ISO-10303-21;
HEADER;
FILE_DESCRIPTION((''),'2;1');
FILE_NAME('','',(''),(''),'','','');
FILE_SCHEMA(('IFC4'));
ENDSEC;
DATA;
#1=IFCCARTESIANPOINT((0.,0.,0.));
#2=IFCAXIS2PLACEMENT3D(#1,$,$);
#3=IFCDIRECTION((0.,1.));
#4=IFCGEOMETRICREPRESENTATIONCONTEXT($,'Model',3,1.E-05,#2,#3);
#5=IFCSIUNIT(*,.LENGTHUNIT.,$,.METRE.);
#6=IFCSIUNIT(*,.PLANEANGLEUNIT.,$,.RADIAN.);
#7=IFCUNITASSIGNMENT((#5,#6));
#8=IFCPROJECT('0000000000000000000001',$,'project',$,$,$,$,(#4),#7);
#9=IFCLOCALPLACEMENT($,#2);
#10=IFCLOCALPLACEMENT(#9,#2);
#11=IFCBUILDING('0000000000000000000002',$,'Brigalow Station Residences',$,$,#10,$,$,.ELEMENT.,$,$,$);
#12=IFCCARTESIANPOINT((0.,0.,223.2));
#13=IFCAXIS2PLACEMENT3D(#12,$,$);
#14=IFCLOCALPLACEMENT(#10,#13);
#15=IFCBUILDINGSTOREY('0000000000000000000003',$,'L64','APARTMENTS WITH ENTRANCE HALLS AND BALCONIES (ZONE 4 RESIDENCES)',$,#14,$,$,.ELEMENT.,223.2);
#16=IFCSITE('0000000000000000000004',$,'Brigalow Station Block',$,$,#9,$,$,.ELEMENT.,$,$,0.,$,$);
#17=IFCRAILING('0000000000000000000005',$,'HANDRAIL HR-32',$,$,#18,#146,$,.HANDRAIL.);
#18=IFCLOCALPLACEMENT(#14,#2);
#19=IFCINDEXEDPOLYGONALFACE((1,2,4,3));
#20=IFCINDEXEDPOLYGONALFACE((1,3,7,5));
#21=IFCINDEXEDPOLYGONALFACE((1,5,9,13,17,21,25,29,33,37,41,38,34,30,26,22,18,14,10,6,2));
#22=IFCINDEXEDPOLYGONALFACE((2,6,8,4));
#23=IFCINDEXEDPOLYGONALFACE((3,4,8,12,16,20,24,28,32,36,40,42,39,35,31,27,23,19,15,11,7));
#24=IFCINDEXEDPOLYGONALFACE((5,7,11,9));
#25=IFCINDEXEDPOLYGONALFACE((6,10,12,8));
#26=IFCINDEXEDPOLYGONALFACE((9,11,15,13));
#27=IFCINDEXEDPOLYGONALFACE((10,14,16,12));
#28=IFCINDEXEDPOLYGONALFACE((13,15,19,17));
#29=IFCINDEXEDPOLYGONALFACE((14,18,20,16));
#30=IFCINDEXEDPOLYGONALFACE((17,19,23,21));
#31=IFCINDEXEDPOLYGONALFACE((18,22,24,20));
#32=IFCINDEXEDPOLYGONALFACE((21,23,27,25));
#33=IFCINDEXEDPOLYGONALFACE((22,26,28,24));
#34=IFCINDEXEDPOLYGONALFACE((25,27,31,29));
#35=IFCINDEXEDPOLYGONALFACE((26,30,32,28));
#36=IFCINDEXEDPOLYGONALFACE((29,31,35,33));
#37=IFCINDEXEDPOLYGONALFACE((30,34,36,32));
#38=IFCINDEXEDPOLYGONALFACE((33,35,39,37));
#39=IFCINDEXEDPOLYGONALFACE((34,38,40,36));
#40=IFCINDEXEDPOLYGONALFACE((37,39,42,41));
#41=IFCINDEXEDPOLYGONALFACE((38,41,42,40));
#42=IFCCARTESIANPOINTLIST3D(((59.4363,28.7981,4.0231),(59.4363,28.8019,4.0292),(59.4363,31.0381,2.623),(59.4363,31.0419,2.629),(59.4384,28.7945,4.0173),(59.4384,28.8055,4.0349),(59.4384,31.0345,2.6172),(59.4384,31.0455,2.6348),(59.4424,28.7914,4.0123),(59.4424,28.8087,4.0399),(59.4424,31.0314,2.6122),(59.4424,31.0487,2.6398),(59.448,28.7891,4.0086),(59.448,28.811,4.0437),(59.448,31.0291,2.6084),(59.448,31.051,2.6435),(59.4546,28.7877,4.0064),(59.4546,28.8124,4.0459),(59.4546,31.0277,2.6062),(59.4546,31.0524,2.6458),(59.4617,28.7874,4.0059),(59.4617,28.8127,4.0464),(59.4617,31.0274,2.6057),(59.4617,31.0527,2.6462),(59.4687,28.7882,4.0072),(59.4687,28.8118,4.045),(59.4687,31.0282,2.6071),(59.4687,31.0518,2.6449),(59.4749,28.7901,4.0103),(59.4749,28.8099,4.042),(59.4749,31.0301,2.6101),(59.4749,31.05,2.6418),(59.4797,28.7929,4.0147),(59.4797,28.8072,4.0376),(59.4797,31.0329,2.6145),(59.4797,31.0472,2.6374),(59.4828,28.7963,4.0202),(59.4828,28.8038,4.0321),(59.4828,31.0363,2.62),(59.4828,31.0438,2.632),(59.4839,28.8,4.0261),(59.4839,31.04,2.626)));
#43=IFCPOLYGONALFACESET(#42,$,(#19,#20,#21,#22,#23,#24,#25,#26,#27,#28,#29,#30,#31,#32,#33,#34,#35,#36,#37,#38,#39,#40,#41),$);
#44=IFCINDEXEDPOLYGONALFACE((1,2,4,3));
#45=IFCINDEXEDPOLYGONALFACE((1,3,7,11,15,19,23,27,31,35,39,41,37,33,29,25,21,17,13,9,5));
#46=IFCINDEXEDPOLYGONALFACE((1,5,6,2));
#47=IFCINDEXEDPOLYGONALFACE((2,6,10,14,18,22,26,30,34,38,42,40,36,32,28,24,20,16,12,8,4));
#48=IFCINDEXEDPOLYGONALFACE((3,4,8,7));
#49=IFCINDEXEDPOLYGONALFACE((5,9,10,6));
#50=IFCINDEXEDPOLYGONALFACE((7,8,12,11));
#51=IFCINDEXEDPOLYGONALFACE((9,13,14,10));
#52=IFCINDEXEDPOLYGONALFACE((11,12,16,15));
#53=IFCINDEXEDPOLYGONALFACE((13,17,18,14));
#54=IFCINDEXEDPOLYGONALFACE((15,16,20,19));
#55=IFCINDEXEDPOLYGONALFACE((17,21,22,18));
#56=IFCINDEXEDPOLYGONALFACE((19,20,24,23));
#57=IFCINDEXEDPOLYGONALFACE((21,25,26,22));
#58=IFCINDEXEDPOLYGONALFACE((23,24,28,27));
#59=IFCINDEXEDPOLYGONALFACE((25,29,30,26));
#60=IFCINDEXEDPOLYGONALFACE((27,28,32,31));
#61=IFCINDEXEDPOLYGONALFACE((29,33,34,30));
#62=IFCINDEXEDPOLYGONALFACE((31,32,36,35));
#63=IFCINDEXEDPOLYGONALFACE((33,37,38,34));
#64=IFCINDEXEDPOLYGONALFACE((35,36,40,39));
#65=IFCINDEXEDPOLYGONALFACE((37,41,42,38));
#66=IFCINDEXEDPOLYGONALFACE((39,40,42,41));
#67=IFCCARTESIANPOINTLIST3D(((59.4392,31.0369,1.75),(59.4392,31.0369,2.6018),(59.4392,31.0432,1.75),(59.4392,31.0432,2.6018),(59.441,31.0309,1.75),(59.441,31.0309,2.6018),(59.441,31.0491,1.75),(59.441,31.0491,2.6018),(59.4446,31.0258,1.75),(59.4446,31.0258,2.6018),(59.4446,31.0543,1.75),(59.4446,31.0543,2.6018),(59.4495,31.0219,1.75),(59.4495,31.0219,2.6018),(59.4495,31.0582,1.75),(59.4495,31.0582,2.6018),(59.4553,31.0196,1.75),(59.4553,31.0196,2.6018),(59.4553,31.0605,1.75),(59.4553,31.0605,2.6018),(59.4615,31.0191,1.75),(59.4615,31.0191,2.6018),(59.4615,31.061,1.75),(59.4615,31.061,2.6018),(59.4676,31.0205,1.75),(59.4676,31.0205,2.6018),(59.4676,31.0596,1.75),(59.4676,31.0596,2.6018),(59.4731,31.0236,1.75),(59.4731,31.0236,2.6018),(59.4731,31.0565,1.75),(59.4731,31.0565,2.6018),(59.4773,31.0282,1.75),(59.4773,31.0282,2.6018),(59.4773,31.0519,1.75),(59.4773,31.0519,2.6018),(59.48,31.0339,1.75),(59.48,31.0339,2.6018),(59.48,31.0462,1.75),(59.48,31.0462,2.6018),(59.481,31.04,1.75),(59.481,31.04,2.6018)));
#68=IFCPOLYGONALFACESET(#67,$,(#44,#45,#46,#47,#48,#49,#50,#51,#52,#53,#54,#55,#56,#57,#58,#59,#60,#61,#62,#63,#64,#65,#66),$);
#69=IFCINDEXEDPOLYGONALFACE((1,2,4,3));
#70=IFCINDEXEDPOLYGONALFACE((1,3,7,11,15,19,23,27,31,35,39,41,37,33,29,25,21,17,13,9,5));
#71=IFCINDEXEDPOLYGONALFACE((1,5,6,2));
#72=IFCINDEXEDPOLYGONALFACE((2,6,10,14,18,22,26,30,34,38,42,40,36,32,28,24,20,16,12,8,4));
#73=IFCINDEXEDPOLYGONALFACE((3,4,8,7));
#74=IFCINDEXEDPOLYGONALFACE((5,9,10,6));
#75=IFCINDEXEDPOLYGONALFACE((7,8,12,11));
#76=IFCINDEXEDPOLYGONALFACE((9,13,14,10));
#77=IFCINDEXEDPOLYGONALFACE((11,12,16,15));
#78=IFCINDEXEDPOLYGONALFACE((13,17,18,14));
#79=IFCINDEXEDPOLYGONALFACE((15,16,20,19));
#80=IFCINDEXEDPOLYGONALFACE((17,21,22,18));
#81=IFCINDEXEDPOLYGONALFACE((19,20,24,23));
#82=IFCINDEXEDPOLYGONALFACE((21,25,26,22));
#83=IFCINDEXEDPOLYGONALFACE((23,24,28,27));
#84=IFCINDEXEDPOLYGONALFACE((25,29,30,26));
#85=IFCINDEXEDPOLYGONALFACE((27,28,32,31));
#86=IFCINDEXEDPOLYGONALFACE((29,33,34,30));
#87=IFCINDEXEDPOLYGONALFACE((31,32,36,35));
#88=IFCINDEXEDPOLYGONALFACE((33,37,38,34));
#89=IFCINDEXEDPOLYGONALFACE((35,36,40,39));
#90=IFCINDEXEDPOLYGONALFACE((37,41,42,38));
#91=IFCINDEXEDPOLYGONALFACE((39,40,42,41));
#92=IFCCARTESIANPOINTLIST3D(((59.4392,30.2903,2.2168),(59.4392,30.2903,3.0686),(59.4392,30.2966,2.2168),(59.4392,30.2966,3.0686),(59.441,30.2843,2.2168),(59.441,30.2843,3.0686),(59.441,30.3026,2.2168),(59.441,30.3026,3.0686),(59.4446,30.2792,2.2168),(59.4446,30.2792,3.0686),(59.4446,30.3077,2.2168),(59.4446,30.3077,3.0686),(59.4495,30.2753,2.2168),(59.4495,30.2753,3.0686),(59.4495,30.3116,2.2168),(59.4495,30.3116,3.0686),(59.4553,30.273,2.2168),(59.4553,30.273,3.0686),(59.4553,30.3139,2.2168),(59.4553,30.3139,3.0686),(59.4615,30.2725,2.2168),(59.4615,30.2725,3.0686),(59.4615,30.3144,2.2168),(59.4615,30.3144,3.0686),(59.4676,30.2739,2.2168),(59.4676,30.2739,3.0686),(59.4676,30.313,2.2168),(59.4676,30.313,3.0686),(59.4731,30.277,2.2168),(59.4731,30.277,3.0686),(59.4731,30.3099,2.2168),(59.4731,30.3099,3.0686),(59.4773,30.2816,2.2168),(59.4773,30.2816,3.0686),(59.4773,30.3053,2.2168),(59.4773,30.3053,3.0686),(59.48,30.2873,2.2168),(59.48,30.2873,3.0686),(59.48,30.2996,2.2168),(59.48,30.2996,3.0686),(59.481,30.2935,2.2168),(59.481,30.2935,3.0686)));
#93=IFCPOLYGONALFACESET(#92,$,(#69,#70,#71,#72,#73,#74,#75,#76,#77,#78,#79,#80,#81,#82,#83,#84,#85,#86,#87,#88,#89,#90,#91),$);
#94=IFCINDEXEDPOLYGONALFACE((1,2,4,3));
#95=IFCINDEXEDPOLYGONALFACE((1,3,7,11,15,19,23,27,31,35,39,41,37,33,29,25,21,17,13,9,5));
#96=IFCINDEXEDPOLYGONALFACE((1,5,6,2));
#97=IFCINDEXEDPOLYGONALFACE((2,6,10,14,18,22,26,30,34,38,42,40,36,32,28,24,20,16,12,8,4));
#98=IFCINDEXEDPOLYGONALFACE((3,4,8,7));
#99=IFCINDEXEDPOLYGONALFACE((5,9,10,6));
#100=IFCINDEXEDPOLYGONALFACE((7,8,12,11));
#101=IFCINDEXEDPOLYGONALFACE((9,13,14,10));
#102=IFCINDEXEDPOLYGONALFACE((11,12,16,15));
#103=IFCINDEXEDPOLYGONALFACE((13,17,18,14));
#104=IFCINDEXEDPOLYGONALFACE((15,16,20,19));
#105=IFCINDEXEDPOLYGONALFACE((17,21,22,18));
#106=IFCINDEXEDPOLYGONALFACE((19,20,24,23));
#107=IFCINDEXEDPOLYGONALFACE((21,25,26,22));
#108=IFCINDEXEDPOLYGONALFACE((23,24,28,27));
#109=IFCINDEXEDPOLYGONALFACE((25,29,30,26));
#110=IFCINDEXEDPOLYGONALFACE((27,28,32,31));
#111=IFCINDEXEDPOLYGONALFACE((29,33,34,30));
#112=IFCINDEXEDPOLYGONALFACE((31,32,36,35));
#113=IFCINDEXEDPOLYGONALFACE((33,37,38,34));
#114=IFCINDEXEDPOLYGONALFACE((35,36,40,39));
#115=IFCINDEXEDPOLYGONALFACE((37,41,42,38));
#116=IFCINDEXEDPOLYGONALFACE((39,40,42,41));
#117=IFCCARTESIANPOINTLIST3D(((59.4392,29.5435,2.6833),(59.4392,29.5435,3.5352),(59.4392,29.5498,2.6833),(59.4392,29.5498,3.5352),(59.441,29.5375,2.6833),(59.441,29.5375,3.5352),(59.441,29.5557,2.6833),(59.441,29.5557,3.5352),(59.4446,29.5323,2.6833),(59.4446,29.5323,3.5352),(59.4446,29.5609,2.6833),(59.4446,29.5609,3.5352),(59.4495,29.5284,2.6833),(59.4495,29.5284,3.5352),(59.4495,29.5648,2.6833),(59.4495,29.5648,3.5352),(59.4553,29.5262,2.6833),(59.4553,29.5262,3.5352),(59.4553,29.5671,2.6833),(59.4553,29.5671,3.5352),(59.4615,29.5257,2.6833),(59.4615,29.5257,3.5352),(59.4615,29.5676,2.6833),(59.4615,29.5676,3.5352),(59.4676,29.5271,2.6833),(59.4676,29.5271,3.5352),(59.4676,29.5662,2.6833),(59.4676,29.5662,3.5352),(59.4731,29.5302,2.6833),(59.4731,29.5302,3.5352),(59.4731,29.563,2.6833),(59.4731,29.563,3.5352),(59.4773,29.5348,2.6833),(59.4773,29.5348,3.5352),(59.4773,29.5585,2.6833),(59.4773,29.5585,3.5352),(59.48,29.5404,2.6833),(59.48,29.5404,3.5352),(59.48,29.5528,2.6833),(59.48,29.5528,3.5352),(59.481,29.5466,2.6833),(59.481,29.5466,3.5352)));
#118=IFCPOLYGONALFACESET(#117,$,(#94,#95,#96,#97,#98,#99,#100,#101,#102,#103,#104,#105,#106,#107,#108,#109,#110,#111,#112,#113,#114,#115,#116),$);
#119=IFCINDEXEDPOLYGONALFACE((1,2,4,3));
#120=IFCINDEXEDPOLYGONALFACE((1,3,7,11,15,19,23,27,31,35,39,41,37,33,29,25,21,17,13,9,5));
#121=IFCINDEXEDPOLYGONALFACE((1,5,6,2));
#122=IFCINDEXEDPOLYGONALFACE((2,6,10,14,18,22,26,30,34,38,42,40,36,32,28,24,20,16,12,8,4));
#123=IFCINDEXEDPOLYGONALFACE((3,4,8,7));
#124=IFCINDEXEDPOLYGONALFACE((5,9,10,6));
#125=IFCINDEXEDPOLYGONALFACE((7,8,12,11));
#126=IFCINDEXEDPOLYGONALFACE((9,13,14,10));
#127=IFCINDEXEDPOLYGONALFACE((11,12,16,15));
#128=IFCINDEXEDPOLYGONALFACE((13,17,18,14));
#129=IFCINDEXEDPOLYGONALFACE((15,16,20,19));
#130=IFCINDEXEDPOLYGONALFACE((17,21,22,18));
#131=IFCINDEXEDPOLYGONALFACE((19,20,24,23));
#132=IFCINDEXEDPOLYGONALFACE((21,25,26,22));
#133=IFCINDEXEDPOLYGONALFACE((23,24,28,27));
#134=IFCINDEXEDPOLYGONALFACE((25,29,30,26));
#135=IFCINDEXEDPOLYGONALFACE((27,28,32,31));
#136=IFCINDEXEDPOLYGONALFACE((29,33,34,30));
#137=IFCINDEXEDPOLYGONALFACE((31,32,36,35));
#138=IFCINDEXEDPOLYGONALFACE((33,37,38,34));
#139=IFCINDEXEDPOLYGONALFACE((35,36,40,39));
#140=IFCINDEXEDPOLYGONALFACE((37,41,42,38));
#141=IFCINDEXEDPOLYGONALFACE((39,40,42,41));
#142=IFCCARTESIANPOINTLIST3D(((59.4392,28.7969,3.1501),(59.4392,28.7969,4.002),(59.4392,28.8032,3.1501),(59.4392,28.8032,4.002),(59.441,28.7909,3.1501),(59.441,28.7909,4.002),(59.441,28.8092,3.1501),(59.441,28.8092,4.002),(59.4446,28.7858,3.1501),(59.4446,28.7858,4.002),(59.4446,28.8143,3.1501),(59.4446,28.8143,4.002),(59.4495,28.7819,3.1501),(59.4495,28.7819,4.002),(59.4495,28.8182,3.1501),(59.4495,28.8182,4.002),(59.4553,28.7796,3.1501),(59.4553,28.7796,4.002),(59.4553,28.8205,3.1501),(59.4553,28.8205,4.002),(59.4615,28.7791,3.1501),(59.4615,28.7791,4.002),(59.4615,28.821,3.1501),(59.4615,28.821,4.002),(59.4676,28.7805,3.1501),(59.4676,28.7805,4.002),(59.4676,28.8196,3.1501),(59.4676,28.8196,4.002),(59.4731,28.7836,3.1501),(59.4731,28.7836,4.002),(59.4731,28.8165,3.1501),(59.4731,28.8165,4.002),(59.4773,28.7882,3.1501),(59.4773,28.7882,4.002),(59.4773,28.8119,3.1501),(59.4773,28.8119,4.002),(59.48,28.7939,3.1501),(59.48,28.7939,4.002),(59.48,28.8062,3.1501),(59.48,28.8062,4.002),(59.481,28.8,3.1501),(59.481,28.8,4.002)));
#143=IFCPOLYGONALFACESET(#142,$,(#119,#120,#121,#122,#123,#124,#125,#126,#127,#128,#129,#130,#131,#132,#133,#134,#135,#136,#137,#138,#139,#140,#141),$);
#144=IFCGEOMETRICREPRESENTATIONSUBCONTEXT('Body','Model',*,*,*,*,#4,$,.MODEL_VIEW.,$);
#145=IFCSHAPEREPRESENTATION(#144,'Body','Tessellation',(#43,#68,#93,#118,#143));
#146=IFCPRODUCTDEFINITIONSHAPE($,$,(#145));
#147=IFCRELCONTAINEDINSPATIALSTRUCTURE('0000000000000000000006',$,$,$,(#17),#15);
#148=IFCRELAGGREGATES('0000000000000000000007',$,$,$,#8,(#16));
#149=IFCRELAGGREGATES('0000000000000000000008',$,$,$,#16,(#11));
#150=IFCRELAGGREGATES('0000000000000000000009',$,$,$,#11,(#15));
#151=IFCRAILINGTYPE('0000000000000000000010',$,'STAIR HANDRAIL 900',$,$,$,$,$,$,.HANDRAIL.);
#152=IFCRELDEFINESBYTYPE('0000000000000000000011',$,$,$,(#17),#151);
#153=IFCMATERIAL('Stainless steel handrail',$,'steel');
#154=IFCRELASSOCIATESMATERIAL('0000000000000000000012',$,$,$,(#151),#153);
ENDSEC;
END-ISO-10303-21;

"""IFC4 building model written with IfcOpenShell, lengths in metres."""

from ifc_helpers import new_model, si_unit, direction, frame, origin, origin_2d, place, context, subcontext, project, spatial, circle, extrude, material, type_object, element, save


model = new_model("IFC4")

# Units and contexts
model_context = context("Model", 3, precision=1e-05, world=origin(), true_north=direction((0.0, 1.0)))
body_context = subcontext(model_context, "Body", "Model", "MODEL_VIEW")
ifc_project = project(units=[si_unit("LENGTHUNIT", "METRE"), si_unit("PLANEANGLEUNIT", "RADIAN")], contexts=[model_context])

# Site, building, storey
site_placement = place(None, origin())
site = spatial("IfcSite", under=ifc_project, at=site_placement, Name="Brigalow Station Block", CompositionType="ELEMENT", RefElevation=0.0)
building_placement = place(site_placement, origin())
building = spatial("IfcBuilding", under=site, at=building_placement, Name="Brigalow Station Residences", CompositionType="ELEMENT")
storey_placement = place(building_placement, frame((0.0, 0.0, 223.2)))
storey = spatial("IfcBuildingStorey", under=building, at=storey_placement, Name="L64", Description="APARTMENTS WITH ENTRANCE HALLS AND BALCONIES (ZONE 4 RESIDENCES)", CompositionType="ELEMENT", Elevation=223.2)

# Railing
ifc_material_1 = material(Name="Stainless steel handrail", Category="steel")
railing_type_1 = type_object("IfcRailingType", Name="STAIR HANDRAIL 900", PredefinedType="HANDRAIL", material=ifc_material_1)
railing_1_placement = place(storey_placement, frame((59.46, 31.04, 1.75)))
element("IfcRailing", 1, at=railing_1_placement, inside=storey, type_object=railing_type_1, Name="HANDRAIL HR-32", PredefinedType="HANDRAIL", context=body_context, shape_type="SweptSolid", body=[
    extrude(circle(Radius=0.0239, at=origin_2d()), frame((0.0, 0.0, 0.876), z_axis=(0.0, -0.847972, 0.53004), x_axis=(1.0, 0.0, 0.0)), (0.0, 0.0, 1.0), 2.6416),
    extrude(circle(Radius=0.021, at=origin_2d()), origin(), (0.0, 0.0, 1.0), 0.8518),
    extrude(circle(Radius=0.021, at=origin_2d()), frame((0.0, -0.7466, 0.4668)), (0.0, 0.0, 1.0), 0.8518),
    extrude(circle(Radius=0.021, at=origin_2d()), frame((0.0, -1.4934, 0.9333)), (0.0, 0.0, 1.0), 0.8518),
    extrude(circle(Radius=0.021, at=origin_2d()), frame((0.0, -2.24, 1.4001)), (0.0, 0.0, 1.0), 0.8518),
])

save(model, "model.ifc")
